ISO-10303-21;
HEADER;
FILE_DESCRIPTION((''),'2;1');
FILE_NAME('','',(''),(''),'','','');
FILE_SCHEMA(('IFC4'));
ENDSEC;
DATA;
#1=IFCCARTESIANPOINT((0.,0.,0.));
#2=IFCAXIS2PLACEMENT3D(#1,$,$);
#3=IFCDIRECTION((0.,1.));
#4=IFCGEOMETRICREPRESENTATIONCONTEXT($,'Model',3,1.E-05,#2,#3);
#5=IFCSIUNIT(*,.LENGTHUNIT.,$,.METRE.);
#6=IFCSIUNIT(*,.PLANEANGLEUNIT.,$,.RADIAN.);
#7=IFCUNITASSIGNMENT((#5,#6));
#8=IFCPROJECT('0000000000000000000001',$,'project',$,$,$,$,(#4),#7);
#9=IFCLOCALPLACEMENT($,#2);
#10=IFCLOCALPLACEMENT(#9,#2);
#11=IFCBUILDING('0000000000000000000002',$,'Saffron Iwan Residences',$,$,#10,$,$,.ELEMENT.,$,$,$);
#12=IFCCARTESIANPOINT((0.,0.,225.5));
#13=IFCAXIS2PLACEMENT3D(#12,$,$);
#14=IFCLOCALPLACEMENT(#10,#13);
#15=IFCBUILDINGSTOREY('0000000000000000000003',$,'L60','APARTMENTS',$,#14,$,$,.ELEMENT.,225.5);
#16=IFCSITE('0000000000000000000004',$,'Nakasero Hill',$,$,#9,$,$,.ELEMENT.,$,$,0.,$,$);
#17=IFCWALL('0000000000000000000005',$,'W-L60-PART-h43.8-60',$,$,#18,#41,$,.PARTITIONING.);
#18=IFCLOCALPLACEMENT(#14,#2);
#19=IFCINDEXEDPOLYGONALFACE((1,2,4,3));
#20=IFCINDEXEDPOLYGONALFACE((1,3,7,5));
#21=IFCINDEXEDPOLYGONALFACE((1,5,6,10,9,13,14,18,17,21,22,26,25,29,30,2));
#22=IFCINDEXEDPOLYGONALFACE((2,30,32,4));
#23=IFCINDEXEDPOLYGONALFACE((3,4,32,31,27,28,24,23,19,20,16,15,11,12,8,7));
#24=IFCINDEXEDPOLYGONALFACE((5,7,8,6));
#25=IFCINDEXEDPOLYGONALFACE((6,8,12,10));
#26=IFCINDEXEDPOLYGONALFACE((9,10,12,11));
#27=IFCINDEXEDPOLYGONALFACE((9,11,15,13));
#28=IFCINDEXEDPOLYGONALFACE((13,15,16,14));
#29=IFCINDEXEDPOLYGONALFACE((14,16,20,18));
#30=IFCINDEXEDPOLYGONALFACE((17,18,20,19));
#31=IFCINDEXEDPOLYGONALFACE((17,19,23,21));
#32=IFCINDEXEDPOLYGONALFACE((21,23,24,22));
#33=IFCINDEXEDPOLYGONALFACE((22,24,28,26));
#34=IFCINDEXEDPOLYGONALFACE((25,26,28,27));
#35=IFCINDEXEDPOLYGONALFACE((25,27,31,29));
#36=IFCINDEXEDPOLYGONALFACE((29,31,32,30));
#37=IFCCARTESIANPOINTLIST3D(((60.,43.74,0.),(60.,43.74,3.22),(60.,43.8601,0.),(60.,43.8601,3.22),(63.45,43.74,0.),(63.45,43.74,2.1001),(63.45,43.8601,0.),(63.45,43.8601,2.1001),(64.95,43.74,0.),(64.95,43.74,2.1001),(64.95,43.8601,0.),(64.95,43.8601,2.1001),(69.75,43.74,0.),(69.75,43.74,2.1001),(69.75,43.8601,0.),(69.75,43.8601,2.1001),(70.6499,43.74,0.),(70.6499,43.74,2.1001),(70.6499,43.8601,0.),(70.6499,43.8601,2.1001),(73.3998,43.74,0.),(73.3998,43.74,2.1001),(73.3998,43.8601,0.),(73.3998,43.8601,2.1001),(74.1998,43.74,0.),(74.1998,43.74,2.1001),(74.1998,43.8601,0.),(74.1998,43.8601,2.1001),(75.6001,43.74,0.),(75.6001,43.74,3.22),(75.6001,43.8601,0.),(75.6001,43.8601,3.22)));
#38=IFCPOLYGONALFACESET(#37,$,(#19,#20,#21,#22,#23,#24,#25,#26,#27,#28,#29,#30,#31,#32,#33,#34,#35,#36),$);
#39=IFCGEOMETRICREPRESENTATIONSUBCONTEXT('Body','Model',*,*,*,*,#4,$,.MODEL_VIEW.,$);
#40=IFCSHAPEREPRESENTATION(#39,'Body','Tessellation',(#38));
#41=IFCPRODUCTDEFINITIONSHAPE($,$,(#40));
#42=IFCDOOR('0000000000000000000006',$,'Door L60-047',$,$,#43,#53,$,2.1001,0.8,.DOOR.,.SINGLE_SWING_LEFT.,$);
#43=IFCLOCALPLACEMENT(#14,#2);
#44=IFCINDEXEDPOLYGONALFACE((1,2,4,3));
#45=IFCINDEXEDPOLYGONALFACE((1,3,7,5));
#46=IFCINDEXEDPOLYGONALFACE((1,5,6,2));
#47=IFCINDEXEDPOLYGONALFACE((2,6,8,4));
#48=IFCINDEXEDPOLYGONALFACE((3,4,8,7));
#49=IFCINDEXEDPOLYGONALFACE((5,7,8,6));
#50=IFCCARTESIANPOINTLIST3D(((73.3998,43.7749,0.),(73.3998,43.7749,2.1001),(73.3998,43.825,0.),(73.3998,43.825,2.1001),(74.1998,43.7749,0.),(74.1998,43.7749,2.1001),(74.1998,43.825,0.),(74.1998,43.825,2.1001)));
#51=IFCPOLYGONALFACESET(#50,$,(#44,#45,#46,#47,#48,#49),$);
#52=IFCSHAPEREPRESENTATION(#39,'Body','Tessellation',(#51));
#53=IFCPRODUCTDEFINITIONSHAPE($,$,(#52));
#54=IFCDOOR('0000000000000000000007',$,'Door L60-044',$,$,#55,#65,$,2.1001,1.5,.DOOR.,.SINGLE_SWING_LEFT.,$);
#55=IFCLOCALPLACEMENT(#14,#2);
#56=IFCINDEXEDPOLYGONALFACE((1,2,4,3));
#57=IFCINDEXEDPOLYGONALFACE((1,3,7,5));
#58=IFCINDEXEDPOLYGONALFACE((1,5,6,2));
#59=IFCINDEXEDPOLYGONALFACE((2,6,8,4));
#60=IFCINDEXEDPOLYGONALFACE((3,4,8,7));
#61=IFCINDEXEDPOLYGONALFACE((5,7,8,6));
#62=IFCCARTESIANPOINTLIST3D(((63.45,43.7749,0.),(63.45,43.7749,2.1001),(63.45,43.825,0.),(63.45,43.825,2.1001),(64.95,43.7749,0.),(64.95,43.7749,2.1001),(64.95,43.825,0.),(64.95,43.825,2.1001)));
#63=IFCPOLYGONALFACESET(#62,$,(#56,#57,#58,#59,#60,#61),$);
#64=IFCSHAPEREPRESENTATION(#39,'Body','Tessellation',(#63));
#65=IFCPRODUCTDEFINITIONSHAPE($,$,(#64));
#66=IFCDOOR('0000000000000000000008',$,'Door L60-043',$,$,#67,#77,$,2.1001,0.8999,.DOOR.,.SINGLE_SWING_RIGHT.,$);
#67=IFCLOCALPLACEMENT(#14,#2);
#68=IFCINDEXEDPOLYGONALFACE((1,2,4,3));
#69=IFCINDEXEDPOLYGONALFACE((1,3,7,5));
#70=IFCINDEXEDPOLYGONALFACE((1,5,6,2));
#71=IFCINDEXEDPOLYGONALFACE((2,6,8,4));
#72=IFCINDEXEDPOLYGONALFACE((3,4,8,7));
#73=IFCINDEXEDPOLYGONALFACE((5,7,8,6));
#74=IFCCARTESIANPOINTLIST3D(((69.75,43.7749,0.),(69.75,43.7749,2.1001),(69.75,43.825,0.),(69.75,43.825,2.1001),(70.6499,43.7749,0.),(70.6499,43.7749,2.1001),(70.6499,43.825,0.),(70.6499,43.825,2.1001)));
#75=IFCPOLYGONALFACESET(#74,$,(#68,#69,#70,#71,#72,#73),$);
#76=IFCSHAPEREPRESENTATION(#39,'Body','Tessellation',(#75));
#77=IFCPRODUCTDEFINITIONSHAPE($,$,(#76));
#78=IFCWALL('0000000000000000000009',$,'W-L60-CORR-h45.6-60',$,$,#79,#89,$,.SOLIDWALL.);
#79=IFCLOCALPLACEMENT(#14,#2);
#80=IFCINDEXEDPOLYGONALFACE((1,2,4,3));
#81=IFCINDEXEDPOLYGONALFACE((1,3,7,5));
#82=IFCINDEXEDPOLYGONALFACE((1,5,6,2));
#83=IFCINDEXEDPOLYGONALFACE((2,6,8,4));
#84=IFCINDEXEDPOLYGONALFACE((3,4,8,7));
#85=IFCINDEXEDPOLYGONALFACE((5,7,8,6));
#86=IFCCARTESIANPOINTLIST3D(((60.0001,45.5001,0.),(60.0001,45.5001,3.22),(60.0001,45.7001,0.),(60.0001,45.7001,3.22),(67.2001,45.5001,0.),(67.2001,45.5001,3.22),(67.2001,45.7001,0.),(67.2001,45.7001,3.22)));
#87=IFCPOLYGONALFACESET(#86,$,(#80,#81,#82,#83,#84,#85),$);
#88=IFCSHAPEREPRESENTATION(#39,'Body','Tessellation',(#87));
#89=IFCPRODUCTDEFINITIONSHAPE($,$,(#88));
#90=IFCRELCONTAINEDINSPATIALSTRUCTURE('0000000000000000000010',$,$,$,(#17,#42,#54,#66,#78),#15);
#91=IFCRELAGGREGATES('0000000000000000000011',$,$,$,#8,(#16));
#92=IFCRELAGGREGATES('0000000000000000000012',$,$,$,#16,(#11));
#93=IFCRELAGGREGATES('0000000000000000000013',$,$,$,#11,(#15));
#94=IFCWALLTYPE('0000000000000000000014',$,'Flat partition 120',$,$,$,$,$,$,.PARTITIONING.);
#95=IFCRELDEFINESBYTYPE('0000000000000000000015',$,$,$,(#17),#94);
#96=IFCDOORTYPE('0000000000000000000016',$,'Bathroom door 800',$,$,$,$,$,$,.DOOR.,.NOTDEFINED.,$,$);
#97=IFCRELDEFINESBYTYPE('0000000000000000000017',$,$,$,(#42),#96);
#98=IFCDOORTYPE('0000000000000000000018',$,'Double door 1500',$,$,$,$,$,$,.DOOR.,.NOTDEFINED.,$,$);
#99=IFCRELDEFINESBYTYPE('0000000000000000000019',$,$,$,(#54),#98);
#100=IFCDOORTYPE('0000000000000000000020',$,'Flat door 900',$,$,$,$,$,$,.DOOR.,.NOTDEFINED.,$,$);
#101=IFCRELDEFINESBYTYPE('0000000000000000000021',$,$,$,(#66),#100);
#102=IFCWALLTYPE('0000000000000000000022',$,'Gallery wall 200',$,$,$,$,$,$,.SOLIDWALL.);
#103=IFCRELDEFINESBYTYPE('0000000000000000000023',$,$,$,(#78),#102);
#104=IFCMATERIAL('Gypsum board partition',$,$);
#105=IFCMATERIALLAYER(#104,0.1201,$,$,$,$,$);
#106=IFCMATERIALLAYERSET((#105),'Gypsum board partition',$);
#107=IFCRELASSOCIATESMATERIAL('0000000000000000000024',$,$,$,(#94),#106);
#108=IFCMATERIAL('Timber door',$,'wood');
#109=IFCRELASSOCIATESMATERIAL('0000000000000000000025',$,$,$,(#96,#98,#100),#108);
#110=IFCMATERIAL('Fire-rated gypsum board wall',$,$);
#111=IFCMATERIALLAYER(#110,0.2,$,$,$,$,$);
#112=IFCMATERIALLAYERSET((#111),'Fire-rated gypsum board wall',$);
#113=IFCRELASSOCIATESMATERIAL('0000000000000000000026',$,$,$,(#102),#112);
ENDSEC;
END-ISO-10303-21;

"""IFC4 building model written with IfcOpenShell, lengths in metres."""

from ifc_helpers import new_model, si_unit, direction, frame, frame_2d, origin, place, context, subcontext, project, spatial, rectangle, extrude, material, layer, layer_set, type_object, element, fill, save


model = new_model("IFC4")

# Units and contexts
model_context = context("Model", 3, precision=1e-05, world=origin(), true_north=direction((0.0, 1.0)))
body_context = subcontext(model_context, "Body", "Model", "MODEL_VIEW")
ifc_project = project(units=[si_unit("LENGTHUNIT", "METRE"), si_unit("PLANEANGLEUNIT", "RADIAN")], contexts=[model_context])

# Site, building, storey
site_placement = place(None, origin())
site = spatial("IfcSite", under=ifc_project, at=site_placement, Name="Nakasero Hill", CompositionType="ELEMENT", RefElevation=0.0)
building_placement = place(site_placement, origin())
building = spatial("IfcBuilding", under=site, at=building_placement, Name="Saffron Iwan Residences", CompositionType="ELEMENT")
storey_placement = place(building_placement, frame((0.0, 0.0, 225.5)))
storey = spatial("IfcBuildingStorey", under=building, at=storey_placement, Name="L60", Description="APARTMENTS", CompositionType="ELEMENT", Elevation=225.5)

# Wall, openings, doors
ifc_material_1 = material(Name="Gypsum board partition")
ifc_layer_1 = layer(ifc_material_1, 0.1201)
ifc_layer_set_1 = layer_set([ifc_layer_1], Name="Gypsum board partition")
wall_type_1 = type_object("IfcWallType", Name="Flat partition 120", PredefinedType="PARTITIONING", material=ifc_layer_set_1)
wall_1_placement = place(storey_placement, frame((60.0, 43.8, 0.0), z_axis=(0.0, 0.0, 1.0), x_axis=(1.0, 0.0, 0.0)))
wall_1 = element("IfcWall", 1, at=wall_1_placement, inside=storey, type_object=wall_type_1, Name="W-L60-PART-h43.8-60", PredefinedType="PARTITIONING", context=body_context, shape_type="SweptSolid", body=[
    extrude(rectangle(XDim=15.6001, YDim=0.1201, at=frame_2d((7.8, 0.0))), origin(), (0.0, 0.0, 1.0), 3.22),
])
opening_1_placement = place(wall_1_placement, frame((9.75, 0.0, 0.0)))
opening_1 = element("IfcOpeningElement", 2, at=opening_1_placement, cuts=wall_1, PredefinedType="OPENING", context=body_context, shape_type="SweptSolid", body=[
    extrude(rectangle(XDim=0.8999, YDim=2.1001, at=frame_2d((0.45, 1.05))), frame((0.0, 0.0701, 0.0), z_axis=(0.0, -1.0, 0.0), x_axis=(1.0, 0.0, 0.0)), (0.0, 0.0, 1.0), 0.1401),
])
opening_2_placement = place(wall_1_placement, frame((3.45, 0.0, 0.0)))
opening_2 = element("IfcOpeningElement", 3, at=opening_2_placement, cuts=wall_1, PredefinedType="OPENING", context=body_context, shape_type="SweptSolid", body=[
    extrude(rectangle(XDim=1.5, YDim=2.1001, at=frame_2d((0.75, 1.05))), frame((0.0, 0.0701, 0.0), z_axis=(0.0, -1.0, 0.0), x_axis=(1.0, 0.0, 0.0)), (0.0, 0.0, 1.0), 0.1401),
])
opening_3_placement = place(wall_1_placement, frame((13.3999, 0.0, 0.0)))
opening_3 = element("IfcOpeningElement", 4, at=opening_3_placement, cuts=wall_1, PredefinedType="OPENING", context=body_context, shape_type="SweptSolid", body=[
    extrude(rectangle(XDim=0.8, YDim=2.1001, at=frame_2d((0.3999, 1.05))), frame((0.0, 0.0701, 0.0), z_axis=(0.0, -1.0, 0.0), x_axis=(1.0, 0.0, 0.0)), (0.0, 0.0, 1.0), 0.1401),
])
ifc_material_2 = material(Name="Timber door", Category="wood")
door_type_1 = type_object("IfcDoorType", Name="Bathroom door 800", OperationType="NOTDEFINED", PredefinedType="DOOR", material=ifc_material_2)
door_1_placement = place(opening_3_placement, origin())
door_1 = element("IfcDoor", 5, at=door_1_placement, inside=storey, type_object=door_type_1, Name="Door L60-047", OperationType="SINGLE_SWING_LEFT", OverallHeight=2.1001, OverallWidth=0.8, PredefinedType="DOOR", context=body_context, shape_type="SweptSolid", body=[
    extrude(rectangle(XDim=0.8, YDim=2.1001, at=frame_2d((0.3999, 1.05))), frame((0.0, 0.0249, 0.0), z_axis=(0.0, -1.0, 0.0), x_axis=(1.0, 0.0, 0.0)), (0.0, 0.0, 1.0), 0.05),
])
fill(opening_3, door_1)
door_type_2 = type_object("IfcDoorType", Name="Double door 1500", OperationType="NOTDEFINED", PredefinedType="DOOR", material=ifc_material_2)
door_2_placement = place(opening_2_placement, origin())
door_2 = element("IfcDoor", 6, at=door_2_placement, inside=storey, type_object=door_type_2, Name="Door L60-044", OperationType="SINGLE_SWING_LEFT", OverallHeight=2.1001, OverallWidth=1.5, PredefinedType="DOOR", context=body_context, shape_type="SweptSolid", body=[
    extrude(rectangle(XDim=1.5, YDim=2.1001, at=frame_2d((0.75, 1.05))), frame((0.0, 0.0249, 0.0), z_axis=(0.0, -1.0, 0.0), x_axis=(1.0, 0.0, 0.0)), (0.0, 0.0, 1.0), 0.05),
])
fill(opening_2, door_2)
door_type_3 = type_object("IfcDoorType", Name="Flat door 900", OperationType="NOTDEFINED", PredefinedType="DOOR", material=ifc_material_2)
door_3_placement = place(opening_1_placement, origin())
door_3 = element("IfcDoor", 7, at=door_3_placement, inside=storey, type_object=door_type_3, Name="Door L60-043", OperationType="SINGLE_SWING_RIGHT", OverallHeight=2.1001, OverallWidth=0.8999, PredefinedType="DOOR", context=body_context, shape_type="SweptSolid", body=[
    extrude(rectangle(XDim=0.8999, YDim=2.1001, at=frame_2d((0.45, 1.05))), frame((0.0, 0.0249, 0.0), z_axis=(0.0, -1.0, 0.0), x_axis=(1.0, 0.0, 0.0)), (0.0, 0.0, 1.0), 0.05),
])
fill(opening_1, door_3)

# Wall
ifc_material_3 = material(Name="Fire-rated gypsum board wall")
ifc_layer_2 = layer(ifc_material_3, 0.2)
ifc_layer_set_2 = layer_set([ifc_layer_2], Name="Fire-rated gypsum board wall")
wall_type_2 = type_object("IfcWallType", Name="Gallery wall 200", PredefinedType="SOLIDWALL", material=ifc_layer_set_2)
wall_2_placement = place(storey_placement, frame((60.0, 45.6001, 0.0), z_axis=(0.0, 0.0, 1.0), x_axis=(1.0, 0.0, 0.0)))
element("IfcWall", 8, at=wall_2_placement, inside=storey, type_object=wall_type_2, Name="W-L60-CORR-h45.6-60", PredefinedType="SOLIDWALL", context=body_context, shape_type="SweptSolid", body=[
    extrude(rectangle(XDim=7.2, YDim=0.2, at=frame_2d((3.6001, 0.0))), origin(), (0.0, 0.0, 1.0), 3.22),
])

save(model, "model.ifc")
